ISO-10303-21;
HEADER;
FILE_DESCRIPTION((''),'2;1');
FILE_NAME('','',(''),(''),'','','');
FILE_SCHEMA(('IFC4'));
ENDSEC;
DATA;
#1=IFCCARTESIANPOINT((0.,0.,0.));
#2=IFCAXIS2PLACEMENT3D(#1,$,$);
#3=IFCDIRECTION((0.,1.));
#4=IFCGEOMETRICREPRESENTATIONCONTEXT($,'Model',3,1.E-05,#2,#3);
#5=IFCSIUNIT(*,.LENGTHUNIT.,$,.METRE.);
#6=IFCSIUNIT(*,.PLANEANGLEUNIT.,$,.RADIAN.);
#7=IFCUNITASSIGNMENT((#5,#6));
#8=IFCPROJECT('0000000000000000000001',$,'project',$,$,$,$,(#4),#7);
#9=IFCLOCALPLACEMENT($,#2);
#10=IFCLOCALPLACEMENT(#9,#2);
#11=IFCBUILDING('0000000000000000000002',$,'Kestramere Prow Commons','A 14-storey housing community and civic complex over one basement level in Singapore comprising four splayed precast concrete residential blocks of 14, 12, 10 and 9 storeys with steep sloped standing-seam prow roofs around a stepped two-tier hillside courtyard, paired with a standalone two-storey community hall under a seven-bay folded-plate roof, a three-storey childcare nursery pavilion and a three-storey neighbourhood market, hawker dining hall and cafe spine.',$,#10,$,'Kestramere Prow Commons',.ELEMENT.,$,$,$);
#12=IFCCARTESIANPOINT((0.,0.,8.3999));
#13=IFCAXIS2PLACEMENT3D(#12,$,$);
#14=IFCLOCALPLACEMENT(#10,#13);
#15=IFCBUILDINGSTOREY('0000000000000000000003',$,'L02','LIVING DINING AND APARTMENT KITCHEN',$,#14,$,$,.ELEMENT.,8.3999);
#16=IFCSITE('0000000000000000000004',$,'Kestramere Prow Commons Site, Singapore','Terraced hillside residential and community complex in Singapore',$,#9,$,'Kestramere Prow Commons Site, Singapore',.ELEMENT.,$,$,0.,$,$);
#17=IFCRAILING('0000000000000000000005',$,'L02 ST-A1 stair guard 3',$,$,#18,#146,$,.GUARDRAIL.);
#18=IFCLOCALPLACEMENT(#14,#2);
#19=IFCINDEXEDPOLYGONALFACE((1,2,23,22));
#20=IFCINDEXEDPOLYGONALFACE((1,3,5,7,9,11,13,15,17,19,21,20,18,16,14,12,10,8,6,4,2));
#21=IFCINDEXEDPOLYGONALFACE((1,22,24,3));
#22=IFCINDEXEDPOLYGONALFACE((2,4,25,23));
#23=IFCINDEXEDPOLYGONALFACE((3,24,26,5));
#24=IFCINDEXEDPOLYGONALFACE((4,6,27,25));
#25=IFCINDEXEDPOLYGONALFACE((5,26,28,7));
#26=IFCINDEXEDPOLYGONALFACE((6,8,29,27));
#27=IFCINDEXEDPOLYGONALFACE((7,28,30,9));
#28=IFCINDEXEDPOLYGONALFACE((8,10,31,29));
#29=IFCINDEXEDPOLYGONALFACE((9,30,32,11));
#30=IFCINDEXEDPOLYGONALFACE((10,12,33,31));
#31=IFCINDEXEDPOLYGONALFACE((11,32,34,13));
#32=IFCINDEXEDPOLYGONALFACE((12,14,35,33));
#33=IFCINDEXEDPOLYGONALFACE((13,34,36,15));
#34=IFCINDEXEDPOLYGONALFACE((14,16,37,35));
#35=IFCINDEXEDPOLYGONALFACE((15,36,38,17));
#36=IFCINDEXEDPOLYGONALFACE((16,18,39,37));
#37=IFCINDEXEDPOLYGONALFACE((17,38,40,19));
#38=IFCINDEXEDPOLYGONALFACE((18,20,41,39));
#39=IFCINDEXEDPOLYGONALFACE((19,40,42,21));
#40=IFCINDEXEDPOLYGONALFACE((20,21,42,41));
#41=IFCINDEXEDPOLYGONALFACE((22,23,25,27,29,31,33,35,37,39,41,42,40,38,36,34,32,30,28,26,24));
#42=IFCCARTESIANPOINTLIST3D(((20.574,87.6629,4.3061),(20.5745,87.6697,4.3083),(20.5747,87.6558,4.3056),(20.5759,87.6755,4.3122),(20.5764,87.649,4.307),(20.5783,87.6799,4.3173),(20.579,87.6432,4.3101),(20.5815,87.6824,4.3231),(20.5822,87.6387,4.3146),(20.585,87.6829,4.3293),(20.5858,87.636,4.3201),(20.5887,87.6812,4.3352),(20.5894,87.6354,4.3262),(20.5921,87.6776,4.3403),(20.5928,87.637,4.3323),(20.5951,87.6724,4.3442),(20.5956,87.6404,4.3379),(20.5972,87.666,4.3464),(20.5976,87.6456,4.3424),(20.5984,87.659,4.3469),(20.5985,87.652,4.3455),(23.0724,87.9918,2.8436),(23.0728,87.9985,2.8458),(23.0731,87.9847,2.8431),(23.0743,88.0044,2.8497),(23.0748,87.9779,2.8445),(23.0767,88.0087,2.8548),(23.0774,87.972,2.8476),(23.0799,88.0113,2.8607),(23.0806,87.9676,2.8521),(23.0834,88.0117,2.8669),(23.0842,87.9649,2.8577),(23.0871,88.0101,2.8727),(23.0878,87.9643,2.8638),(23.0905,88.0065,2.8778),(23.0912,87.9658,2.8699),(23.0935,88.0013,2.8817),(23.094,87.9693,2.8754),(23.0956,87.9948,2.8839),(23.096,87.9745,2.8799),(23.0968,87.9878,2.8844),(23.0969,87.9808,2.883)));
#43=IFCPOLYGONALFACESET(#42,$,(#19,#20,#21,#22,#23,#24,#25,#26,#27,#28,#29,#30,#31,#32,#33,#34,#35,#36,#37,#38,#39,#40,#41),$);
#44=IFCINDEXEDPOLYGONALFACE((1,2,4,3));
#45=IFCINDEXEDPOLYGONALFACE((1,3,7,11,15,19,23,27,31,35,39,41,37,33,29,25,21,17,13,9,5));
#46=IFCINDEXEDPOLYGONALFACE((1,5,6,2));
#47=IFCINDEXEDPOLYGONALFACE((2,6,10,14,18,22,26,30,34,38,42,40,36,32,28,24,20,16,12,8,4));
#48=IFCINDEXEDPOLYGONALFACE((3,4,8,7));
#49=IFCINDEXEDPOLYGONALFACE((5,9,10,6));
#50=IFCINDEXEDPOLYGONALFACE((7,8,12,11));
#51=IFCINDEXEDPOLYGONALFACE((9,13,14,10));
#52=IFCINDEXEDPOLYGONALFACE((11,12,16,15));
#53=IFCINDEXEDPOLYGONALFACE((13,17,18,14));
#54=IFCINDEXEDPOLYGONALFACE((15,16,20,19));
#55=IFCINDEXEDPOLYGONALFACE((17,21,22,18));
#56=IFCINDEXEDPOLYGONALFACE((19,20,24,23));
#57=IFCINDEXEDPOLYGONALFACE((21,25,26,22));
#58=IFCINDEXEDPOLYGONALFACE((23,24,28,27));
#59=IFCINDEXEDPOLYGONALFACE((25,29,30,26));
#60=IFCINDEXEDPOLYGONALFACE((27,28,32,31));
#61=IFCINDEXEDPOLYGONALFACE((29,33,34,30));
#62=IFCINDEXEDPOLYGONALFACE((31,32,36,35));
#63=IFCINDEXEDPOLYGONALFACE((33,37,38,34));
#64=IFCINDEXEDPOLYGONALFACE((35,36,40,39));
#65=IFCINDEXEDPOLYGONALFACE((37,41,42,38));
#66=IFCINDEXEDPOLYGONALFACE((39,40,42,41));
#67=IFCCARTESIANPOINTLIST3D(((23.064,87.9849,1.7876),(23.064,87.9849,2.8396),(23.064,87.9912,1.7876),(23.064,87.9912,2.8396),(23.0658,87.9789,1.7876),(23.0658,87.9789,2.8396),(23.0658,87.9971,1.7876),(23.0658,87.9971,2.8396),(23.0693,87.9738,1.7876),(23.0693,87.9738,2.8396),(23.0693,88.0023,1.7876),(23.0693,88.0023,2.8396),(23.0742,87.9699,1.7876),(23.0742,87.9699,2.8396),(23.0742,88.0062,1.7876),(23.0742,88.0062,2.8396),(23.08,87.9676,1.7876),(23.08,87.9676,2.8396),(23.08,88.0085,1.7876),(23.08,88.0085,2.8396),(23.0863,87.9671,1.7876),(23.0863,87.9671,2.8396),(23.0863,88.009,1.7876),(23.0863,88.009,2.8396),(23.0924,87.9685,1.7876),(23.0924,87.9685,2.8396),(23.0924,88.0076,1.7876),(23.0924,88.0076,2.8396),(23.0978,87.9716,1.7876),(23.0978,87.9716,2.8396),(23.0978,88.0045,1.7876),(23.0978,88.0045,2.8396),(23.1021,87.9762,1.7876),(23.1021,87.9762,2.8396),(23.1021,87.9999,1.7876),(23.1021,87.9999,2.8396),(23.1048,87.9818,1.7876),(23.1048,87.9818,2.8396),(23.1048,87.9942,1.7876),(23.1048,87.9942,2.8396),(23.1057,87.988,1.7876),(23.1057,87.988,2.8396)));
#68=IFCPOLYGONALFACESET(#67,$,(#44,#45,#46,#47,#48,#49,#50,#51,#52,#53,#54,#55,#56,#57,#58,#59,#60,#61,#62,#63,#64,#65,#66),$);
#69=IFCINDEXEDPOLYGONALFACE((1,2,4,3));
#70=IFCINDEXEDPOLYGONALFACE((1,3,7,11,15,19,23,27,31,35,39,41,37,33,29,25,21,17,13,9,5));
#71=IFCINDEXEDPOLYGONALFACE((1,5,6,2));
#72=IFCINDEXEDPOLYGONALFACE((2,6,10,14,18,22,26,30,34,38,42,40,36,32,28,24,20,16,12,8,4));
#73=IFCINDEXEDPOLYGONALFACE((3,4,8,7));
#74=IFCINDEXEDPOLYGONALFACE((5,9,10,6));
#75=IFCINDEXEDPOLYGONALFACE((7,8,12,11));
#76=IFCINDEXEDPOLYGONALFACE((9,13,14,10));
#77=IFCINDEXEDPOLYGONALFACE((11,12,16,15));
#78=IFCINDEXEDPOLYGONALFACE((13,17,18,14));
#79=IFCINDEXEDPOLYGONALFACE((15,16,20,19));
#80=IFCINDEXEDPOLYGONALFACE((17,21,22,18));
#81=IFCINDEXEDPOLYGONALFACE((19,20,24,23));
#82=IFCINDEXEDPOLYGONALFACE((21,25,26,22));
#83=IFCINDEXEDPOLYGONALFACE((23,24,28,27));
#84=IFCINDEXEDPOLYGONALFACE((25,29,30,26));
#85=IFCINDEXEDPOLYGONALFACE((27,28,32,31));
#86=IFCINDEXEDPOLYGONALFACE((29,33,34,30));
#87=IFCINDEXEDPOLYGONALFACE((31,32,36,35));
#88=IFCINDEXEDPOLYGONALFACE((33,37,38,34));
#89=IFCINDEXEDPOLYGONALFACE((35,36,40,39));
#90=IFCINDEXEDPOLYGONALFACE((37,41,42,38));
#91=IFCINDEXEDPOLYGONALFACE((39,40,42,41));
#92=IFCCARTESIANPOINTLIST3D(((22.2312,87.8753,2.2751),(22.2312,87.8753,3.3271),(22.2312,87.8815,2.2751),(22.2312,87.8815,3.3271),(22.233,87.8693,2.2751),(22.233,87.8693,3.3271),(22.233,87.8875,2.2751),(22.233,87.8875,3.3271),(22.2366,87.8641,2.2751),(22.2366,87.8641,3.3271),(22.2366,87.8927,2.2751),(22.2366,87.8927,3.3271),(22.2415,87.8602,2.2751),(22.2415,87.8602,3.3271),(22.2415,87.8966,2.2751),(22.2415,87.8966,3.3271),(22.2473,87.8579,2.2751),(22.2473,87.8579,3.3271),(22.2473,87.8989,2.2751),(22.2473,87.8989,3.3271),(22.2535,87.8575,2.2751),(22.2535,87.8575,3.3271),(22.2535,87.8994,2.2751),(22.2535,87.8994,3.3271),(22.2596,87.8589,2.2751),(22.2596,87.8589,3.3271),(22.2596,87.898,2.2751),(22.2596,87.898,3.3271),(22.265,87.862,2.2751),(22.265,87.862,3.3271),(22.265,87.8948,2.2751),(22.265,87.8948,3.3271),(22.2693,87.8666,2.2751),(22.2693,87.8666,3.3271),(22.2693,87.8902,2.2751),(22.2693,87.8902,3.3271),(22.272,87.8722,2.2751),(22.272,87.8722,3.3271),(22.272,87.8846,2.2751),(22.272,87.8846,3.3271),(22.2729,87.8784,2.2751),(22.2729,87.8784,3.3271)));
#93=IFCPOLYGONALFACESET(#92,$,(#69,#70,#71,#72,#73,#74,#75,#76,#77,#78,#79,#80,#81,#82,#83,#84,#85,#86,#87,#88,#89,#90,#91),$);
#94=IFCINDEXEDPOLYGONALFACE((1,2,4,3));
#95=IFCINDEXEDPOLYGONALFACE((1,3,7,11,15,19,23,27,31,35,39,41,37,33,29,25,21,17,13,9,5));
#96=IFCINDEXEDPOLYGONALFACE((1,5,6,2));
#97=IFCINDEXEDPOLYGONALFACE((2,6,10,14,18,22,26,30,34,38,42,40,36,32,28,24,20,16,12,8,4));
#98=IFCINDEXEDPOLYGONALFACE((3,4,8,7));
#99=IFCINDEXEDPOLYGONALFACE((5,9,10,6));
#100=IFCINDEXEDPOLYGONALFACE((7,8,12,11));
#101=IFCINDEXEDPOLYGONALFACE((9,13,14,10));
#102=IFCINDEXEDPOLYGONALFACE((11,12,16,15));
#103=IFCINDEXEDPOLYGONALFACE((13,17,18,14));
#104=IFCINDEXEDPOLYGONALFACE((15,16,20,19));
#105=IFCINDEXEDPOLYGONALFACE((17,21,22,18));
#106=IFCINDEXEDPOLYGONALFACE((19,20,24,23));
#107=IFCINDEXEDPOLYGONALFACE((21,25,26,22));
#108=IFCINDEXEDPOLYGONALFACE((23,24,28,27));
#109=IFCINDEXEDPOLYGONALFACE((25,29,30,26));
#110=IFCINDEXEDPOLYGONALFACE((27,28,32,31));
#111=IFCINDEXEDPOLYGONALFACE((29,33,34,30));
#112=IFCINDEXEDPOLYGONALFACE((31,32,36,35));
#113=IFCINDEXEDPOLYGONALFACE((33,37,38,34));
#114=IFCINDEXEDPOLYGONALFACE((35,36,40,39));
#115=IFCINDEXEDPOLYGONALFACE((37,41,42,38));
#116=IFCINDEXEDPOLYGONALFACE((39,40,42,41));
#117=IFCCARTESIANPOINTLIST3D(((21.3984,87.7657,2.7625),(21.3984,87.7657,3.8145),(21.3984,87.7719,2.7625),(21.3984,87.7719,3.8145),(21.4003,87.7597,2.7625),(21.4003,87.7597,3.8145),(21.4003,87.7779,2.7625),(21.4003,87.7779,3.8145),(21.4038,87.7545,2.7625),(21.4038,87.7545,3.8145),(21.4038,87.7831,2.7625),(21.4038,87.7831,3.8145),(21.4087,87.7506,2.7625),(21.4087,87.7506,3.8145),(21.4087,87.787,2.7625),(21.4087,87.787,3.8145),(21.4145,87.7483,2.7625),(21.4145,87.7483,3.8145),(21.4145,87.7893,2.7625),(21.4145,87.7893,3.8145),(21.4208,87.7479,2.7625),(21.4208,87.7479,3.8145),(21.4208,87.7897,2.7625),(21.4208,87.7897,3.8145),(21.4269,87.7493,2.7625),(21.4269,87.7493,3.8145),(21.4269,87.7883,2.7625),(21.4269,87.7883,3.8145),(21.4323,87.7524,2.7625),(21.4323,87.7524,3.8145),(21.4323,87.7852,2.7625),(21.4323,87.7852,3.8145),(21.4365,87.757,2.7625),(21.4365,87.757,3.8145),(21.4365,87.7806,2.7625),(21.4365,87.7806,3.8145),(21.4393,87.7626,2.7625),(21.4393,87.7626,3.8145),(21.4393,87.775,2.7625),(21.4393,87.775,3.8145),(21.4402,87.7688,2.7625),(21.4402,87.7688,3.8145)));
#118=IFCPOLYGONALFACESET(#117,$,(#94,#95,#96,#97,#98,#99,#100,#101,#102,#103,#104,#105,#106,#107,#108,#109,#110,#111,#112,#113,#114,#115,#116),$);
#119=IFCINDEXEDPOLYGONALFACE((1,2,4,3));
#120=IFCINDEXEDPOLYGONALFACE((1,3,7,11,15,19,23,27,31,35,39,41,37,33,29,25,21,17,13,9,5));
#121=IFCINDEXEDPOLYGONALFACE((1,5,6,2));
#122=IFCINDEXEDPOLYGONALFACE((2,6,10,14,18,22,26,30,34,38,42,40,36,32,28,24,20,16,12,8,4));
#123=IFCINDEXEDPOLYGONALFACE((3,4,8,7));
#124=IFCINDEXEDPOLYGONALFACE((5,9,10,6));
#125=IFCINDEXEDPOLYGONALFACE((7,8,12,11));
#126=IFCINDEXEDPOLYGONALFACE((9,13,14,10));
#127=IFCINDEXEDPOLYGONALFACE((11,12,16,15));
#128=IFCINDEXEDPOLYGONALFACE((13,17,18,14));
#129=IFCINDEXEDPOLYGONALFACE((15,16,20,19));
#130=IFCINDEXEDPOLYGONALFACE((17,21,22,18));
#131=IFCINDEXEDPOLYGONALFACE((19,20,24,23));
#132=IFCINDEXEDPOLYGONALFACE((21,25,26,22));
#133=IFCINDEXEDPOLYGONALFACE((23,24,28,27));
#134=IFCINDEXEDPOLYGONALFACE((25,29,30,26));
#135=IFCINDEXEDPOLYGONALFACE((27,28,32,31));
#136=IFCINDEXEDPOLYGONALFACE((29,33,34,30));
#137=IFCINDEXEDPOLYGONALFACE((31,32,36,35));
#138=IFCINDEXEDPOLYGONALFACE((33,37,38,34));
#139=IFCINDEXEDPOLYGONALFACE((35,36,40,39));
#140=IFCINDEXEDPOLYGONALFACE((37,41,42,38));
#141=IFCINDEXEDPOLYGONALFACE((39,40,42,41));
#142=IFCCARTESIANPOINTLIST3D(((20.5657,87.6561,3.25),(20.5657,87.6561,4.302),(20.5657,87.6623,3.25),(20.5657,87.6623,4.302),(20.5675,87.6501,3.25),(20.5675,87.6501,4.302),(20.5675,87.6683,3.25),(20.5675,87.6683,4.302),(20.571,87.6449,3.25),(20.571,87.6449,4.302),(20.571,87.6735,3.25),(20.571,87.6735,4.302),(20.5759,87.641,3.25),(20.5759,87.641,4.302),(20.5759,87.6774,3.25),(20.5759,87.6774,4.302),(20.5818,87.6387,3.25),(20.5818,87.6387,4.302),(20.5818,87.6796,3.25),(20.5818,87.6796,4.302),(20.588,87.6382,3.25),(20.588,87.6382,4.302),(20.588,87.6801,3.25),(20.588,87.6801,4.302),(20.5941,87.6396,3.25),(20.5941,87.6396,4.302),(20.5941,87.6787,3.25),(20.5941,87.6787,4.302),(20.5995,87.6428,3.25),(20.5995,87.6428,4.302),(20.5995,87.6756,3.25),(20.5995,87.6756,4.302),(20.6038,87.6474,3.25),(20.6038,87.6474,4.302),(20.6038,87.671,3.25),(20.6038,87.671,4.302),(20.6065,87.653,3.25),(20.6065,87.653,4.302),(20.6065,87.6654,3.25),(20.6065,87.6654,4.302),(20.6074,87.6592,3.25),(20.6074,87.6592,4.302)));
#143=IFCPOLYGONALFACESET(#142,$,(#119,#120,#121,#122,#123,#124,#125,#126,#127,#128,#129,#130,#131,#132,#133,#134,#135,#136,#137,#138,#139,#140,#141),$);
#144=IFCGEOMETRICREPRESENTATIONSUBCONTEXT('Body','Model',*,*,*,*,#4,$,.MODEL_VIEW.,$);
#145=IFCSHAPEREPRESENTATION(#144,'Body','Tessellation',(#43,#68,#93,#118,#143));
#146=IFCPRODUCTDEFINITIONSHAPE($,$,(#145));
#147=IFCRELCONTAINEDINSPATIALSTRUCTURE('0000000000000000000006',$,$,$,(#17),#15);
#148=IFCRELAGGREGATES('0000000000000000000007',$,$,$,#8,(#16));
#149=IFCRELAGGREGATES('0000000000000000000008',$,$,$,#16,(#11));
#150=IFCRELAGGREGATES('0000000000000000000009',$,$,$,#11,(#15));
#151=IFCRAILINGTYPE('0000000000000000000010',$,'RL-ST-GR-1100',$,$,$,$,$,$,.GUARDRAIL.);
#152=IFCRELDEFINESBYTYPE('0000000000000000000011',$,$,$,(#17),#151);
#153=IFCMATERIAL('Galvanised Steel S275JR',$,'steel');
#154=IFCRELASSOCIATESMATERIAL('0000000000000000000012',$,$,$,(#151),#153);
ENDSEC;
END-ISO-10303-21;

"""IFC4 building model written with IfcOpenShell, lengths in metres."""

from ifc_helpers import new_model, si_unit, direction, frame, origin, origin_2d, place, context, subcontext, project, spatial, circle, extrude, material, type_object, element, save


model = new_model("IFC4")

# Units and contexts
model_context = context("Model", 3, precision=1e-05, world=origin(), true_north=direction((0.0, 1.0)))
body_context = subcontext(model_context, "Body", "Model", "MODEL_VIEW")
ifc_project = project(units=[si_unit("LENGTHUNIT", "METRE"), si_unit("PLANEANGLEUNIT", "RADIAN")], contexts=[model_context])

# Site, building, storey
site_placement = place(None, origin())
site = spatial("IfcSite", under=ifc_project, at=site_placement, Name="Kestramere Prow Commons Site, Singapore", Description="Terraced hillside residential and community complex in Singapore", LongName="Kestramere Prow Commons Site, Singapore", CompositionType="ELEMENT", RefElevation=0.0)
building_placement = place(site_placement, origin())
building = spatial("IfcBuilding", under=site, at=building_placement, Name="Kestramere Prow Commons", Description="A 14-storey housing community and civic complex over one basement level in Singapore comprising four splayed precast concrete residential blocks of 14, 12, 10 and 9 storeys with steep sloped standing-seam prow roofs around a stepped two-tier hillside courtyard, paired with a standalone two-storey community hall under a seven-bay folded-plate roof, a three-storey childcare nursery pavilion and a three-storey neighbourhood market, hawker dining hall and cafe spine.", LongName="Kestramere Prow Commons", CompositionType="ELEMENT")
storey_placement = place(building_placement, frame((0.0, 0.0, 8.3999)))
storey = spatial("IfcBuildingStorey", under=building, at=storey_placement, Name="L02", Description="LIVING DINING AND APARTMENT KITCHEN", CompositionType="ELEMENT", Elevation=8.3999)

# Railing
ifc_material_1 = material(Name="Galvanised Steel S275JR", Category="steel")
railing_type_1 = type_object("IfcRailingType", Name="RL-ST-GR-1100", PredefinedType="GUARDRAIL", material=ifc_material_1)
railing_1_placement = place(storey_placement, frame((23.0847, 87.988, 1.7876)))
element("IfcRailing", 1, at=railing_1_placement, inside=storey, type_object=railing_type_1, Name="L02 ST-A1 stair guard 3", PredefinedType="GUARDRAIL", context=body_context, shape_type="SweptSolid", body=[
    extrude(circle(Radius=0.0239, at=origin_2d()), frame((0.0, 0.0, 1.0762), z_axis=(-0.857501, -0.112875, 0.501948), x_axis=(0.130507, -0.991447, 0.0)), (0.0, 0.0, 1.0), 2.9136),
    extrude(circle(Radius=0.021, at=origin_2d()), origin(), (0.0, 0.0, 1.0), 1.052),
    extrude(circle(Radius=0.021, at=origin_2d()), frame((-0.8328, -0.1096, 0.4875)), (0.0, 0.0, 1.0), 1.052),
    extrude(circle(Radius=0.021, at=origin_2d()), frame((-1.6655, -0.2192, 0.9749)), (0.0, 0.0, 1.0), 1.052),
    extrude(circle(Radius=0.021, at=origin_2d()), frame((-2.4983, -0.3289, 1.4624)), (0.0, 0.0, 1.0), 1.052),
])

save(model, "model.ifc")
